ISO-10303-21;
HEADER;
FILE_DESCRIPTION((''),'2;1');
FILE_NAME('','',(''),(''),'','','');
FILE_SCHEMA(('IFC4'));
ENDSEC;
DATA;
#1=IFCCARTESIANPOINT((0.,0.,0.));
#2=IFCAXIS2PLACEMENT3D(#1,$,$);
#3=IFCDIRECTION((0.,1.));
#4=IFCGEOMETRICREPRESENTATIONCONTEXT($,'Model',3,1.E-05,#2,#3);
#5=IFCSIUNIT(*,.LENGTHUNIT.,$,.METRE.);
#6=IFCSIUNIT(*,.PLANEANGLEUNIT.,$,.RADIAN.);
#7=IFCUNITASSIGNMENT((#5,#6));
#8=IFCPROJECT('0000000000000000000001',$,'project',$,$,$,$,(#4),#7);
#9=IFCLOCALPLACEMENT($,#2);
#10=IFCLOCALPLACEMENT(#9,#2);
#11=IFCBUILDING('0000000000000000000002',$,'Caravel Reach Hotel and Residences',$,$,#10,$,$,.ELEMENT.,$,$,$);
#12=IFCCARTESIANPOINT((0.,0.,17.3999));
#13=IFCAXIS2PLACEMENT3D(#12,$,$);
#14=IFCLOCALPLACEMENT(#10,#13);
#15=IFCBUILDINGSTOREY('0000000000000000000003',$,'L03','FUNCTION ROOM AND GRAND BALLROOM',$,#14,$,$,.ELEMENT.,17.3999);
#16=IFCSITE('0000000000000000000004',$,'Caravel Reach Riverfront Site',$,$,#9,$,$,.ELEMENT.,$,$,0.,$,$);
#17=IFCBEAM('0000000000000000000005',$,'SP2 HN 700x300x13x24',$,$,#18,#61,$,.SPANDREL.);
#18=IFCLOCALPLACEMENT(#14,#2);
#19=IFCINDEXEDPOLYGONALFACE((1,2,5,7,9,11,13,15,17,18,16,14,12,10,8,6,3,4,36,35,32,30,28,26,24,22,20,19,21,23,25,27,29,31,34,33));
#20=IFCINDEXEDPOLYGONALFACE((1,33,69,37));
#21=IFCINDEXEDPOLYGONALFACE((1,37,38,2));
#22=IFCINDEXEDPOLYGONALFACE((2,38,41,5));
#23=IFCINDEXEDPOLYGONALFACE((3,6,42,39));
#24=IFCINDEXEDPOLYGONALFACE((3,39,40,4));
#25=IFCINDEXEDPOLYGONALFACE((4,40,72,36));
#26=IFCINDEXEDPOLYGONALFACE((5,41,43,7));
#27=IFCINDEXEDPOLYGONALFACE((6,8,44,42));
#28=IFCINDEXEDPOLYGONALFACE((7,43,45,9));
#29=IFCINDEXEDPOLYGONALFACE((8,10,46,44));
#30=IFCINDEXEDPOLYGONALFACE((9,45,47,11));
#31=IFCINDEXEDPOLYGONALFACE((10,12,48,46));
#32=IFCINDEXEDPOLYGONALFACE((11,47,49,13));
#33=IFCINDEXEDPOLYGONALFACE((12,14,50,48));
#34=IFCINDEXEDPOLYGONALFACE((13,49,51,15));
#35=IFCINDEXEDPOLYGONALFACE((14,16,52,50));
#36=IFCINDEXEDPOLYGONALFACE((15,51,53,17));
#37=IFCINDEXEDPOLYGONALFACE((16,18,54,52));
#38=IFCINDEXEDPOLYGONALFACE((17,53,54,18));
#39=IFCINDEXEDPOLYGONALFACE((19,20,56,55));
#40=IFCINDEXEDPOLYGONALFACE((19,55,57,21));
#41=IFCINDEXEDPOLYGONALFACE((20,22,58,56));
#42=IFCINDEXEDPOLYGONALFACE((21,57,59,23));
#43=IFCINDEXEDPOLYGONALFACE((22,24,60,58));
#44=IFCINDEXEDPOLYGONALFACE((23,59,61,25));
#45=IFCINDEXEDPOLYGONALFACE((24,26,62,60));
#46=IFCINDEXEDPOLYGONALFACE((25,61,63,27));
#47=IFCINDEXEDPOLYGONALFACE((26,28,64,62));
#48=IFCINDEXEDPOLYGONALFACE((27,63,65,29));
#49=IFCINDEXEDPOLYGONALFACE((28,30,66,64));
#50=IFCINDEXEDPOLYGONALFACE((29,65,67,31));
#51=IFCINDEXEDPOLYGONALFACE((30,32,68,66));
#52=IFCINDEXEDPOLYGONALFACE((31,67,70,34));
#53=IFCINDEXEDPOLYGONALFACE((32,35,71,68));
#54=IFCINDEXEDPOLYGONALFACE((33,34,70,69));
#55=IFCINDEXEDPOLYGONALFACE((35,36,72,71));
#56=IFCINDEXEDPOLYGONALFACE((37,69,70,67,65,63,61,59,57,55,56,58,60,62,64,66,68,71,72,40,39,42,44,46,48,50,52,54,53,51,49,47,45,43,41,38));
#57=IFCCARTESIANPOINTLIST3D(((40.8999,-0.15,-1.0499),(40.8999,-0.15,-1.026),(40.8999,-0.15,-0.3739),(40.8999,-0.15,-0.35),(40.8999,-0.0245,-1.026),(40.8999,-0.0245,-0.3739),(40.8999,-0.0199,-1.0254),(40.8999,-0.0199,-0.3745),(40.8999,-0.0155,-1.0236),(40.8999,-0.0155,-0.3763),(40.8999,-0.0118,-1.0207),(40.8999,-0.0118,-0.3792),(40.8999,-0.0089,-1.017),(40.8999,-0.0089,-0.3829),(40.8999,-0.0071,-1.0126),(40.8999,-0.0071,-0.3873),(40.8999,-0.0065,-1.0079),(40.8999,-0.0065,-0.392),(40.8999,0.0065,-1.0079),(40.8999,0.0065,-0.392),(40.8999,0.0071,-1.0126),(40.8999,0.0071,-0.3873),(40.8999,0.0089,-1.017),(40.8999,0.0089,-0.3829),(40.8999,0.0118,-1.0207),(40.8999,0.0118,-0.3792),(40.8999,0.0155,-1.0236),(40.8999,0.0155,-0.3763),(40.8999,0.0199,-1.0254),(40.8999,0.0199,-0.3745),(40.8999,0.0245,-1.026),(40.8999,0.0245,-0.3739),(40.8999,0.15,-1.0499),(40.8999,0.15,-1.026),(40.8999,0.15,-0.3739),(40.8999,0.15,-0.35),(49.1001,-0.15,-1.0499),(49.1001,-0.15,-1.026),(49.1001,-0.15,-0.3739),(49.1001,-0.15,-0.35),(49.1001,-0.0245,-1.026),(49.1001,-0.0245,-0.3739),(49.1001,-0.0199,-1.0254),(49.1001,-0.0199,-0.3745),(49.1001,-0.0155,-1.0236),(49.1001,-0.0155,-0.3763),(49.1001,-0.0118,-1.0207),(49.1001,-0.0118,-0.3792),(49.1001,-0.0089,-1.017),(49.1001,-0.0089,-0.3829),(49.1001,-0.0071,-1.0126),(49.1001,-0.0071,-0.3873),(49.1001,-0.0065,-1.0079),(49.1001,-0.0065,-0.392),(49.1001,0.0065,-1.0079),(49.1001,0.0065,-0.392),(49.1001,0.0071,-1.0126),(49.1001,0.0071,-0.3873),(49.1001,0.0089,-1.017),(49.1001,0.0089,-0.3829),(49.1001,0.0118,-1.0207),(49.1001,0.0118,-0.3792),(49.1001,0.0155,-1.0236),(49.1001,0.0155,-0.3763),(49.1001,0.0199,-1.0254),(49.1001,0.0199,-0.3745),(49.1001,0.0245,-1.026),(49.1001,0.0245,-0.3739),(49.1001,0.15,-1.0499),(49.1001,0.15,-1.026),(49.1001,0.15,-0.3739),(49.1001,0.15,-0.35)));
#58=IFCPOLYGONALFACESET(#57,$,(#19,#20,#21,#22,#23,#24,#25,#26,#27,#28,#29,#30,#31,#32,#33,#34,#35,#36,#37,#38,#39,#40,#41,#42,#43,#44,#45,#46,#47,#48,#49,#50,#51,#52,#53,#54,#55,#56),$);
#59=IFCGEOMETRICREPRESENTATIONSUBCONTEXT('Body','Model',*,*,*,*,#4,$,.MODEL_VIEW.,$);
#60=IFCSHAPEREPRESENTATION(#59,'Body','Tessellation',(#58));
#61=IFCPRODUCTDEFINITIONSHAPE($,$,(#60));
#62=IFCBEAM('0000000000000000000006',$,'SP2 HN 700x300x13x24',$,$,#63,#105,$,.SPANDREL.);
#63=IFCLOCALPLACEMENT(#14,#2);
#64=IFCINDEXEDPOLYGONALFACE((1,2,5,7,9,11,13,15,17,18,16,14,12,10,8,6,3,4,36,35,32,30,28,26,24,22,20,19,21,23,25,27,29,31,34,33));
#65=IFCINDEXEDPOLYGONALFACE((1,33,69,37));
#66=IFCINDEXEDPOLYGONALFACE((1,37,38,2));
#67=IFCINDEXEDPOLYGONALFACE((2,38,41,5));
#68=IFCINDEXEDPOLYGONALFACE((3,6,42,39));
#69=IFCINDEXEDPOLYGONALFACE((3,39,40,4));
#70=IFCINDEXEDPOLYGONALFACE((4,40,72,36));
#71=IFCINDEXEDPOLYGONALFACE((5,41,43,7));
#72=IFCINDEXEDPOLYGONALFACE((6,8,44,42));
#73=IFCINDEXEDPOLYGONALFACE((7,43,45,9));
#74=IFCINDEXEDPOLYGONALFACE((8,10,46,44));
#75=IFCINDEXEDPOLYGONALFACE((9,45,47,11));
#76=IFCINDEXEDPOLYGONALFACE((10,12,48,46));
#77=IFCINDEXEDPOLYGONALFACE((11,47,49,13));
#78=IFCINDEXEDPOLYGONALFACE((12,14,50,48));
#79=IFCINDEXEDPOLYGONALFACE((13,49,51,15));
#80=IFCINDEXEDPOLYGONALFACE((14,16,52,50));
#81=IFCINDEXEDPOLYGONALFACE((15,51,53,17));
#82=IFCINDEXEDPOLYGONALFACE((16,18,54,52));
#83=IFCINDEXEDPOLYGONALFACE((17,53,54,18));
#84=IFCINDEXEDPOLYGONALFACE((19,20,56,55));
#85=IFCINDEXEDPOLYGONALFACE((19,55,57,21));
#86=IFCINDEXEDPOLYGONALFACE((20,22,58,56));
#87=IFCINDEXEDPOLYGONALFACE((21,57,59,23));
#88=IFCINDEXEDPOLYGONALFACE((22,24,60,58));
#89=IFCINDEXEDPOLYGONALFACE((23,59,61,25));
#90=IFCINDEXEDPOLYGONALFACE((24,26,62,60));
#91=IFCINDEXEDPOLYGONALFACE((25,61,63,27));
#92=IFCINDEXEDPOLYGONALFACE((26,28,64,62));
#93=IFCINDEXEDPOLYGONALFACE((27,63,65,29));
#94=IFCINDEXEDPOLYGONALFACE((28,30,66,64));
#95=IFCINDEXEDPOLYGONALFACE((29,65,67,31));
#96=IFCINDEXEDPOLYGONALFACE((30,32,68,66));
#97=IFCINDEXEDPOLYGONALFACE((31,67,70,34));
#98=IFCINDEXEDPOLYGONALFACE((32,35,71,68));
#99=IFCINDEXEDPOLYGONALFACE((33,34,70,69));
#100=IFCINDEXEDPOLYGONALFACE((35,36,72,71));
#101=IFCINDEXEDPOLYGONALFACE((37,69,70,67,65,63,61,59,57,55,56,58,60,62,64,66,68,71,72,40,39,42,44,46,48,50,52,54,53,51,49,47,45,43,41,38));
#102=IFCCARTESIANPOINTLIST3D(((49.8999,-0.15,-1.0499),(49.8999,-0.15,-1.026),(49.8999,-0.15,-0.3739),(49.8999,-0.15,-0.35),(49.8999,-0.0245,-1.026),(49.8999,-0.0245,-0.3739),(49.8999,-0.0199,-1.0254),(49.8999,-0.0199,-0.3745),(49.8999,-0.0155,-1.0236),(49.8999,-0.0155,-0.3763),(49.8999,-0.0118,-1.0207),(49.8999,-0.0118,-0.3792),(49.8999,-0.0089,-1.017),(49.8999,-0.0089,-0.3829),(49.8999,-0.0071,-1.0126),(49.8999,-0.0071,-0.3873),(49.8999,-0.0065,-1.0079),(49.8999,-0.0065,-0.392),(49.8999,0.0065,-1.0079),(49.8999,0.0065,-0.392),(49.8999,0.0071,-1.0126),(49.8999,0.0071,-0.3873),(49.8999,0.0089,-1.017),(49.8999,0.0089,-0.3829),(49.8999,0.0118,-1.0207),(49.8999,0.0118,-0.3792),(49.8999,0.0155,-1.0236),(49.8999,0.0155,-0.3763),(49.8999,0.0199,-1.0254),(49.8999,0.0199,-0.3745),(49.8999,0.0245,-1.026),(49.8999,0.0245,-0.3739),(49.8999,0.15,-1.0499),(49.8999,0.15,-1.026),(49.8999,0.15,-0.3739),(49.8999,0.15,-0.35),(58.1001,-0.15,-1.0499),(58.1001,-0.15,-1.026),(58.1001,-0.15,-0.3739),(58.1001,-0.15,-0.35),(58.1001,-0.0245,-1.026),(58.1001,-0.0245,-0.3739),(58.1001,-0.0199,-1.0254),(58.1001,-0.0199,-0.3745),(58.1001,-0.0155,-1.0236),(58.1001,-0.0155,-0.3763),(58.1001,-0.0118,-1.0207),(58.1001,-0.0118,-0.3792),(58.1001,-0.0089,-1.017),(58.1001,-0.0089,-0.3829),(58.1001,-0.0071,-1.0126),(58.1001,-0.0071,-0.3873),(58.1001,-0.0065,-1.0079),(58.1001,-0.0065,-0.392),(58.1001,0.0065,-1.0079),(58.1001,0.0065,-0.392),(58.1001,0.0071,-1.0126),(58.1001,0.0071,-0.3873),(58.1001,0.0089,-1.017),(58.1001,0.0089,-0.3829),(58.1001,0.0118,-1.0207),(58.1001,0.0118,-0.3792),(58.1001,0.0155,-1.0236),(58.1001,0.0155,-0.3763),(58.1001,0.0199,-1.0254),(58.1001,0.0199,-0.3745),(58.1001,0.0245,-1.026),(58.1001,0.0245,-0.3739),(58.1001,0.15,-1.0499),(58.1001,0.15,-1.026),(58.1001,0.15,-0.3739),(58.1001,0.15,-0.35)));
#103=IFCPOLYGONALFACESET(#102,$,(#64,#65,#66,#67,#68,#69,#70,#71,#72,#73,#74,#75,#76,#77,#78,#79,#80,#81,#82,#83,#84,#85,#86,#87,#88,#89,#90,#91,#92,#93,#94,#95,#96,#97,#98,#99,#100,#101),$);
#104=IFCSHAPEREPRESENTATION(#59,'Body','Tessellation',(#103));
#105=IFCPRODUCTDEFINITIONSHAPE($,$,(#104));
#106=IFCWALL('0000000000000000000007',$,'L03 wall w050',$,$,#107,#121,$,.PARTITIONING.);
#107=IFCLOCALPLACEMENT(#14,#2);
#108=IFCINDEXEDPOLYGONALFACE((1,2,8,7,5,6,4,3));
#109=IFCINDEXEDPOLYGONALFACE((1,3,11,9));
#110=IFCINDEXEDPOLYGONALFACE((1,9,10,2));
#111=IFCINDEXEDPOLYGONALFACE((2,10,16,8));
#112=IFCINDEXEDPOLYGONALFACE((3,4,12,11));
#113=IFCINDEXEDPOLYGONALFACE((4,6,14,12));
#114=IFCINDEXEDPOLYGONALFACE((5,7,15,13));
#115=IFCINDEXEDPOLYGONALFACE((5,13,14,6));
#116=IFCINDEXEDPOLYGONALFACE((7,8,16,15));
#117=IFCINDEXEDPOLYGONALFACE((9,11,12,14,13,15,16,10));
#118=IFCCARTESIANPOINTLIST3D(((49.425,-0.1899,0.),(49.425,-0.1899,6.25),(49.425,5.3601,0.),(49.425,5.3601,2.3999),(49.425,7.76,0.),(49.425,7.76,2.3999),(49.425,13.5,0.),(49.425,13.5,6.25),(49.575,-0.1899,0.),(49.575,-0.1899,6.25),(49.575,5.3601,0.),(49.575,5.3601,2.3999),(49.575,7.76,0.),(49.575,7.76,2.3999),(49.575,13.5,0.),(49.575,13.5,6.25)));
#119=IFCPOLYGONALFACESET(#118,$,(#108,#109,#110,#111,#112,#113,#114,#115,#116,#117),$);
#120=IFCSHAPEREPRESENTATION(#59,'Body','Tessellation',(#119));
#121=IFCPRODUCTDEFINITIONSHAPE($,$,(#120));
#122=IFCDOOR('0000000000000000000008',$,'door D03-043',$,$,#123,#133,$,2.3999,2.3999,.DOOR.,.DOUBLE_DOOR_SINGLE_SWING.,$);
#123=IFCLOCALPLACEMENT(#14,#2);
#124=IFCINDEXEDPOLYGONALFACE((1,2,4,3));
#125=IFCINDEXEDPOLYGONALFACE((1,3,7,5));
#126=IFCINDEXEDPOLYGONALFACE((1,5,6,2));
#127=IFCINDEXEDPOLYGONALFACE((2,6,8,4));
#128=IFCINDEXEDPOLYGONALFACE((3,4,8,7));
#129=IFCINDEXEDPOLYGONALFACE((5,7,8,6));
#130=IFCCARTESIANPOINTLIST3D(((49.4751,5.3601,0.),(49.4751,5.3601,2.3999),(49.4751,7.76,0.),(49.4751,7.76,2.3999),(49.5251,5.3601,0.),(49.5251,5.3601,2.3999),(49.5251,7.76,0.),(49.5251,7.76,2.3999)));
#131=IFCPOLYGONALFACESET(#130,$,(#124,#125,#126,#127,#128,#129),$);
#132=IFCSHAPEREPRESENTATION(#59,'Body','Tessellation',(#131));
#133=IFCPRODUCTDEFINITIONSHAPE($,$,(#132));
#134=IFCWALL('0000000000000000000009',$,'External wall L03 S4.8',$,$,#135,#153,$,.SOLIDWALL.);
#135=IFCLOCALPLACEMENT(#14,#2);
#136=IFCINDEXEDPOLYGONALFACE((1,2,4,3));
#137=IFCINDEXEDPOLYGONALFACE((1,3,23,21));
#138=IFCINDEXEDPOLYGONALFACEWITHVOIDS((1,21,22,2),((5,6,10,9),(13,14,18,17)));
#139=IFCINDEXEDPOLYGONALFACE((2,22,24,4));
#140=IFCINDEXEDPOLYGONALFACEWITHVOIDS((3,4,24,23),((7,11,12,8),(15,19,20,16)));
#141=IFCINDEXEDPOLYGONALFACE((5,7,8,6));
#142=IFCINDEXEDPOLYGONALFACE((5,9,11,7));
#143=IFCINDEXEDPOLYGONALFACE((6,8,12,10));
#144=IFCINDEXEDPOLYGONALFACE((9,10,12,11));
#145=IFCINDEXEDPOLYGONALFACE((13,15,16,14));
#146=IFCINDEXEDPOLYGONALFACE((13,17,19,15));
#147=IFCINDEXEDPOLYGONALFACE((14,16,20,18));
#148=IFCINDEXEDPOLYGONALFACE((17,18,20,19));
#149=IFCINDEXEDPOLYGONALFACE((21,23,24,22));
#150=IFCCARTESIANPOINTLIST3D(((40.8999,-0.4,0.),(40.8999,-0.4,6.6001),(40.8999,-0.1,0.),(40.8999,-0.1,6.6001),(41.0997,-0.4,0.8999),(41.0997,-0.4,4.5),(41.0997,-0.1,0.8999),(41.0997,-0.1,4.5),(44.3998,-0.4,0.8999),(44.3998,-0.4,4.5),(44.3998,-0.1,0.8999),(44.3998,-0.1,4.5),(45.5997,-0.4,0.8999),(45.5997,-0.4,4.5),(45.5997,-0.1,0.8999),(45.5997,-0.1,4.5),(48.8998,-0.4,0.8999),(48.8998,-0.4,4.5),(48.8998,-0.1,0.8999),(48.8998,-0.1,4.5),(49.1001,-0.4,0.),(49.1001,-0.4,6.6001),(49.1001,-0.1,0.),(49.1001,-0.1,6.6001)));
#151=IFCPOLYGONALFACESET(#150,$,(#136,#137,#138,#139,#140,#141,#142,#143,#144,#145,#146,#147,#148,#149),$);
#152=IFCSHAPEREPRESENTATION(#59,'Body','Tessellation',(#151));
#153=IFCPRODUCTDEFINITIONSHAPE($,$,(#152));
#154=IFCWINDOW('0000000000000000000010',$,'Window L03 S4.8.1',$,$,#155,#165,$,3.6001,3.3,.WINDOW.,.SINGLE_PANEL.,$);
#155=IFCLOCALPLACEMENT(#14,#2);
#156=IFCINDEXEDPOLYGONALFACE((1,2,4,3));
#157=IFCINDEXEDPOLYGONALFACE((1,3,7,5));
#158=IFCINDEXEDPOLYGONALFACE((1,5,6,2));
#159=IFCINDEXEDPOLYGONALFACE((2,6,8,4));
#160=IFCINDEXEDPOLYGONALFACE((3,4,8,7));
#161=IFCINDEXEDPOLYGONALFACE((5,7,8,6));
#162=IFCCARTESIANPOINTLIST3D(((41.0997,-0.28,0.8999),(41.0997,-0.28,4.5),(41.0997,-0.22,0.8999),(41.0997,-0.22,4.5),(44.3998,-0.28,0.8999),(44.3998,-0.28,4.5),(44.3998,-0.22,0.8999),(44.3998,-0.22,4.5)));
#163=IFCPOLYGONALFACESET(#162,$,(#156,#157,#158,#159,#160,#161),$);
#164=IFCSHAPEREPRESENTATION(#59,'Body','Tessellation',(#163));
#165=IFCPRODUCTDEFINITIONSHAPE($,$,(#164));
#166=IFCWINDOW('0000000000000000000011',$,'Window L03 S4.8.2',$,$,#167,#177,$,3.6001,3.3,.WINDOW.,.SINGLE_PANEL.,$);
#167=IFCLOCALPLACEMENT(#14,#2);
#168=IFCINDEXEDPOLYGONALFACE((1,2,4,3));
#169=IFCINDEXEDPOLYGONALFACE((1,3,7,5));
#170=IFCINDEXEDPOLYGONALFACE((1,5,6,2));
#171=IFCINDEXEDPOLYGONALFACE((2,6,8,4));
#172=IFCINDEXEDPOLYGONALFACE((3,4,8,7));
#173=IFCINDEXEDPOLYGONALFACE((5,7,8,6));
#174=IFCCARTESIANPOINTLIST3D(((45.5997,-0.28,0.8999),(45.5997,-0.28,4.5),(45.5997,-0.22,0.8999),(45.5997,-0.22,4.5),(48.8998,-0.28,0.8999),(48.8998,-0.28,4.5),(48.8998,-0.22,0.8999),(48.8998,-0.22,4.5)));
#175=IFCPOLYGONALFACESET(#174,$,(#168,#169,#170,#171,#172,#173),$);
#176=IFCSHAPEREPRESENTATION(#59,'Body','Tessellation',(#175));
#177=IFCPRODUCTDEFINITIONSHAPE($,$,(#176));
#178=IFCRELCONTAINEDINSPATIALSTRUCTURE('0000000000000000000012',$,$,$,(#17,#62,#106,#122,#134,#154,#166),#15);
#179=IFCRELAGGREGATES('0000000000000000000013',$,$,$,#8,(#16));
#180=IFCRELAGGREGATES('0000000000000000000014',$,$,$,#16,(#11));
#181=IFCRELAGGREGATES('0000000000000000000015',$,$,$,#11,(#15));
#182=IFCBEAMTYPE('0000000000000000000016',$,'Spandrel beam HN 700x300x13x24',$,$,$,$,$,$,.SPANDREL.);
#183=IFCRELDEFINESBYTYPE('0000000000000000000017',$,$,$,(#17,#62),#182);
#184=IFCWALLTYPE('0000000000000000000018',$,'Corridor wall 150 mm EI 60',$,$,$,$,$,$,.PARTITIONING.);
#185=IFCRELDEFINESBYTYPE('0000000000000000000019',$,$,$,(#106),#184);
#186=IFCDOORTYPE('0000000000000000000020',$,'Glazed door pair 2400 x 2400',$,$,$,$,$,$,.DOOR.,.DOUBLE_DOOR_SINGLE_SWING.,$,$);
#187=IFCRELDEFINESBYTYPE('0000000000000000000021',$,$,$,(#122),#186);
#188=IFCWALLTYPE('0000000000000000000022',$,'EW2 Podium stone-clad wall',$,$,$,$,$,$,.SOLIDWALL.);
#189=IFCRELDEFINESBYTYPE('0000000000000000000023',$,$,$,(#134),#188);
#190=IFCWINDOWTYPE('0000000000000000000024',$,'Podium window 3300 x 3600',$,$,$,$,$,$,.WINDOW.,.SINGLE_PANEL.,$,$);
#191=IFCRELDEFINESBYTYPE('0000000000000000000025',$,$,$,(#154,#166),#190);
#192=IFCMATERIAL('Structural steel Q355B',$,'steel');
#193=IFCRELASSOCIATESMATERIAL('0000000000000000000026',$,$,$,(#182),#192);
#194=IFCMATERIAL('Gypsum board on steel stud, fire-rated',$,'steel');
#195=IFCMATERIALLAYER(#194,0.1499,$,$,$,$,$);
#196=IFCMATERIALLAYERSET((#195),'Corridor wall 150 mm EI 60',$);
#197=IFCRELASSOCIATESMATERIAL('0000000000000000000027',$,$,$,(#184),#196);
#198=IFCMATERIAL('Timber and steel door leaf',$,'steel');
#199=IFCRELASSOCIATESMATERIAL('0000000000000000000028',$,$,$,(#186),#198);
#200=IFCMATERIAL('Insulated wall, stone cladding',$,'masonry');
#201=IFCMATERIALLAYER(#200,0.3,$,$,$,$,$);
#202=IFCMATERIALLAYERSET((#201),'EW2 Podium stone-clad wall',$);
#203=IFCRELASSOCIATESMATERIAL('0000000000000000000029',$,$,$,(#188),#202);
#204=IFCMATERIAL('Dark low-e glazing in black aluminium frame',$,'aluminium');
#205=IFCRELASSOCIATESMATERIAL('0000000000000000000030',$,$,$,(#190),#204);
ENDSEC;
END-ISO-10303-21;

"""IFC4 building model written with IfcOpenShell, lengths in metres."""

from ifc_helpers import new_model, si_unit, direction, frame, frame_2d, origin, origin_2d, place, context, subcontext, project, spatial, rectangle, i_section, extrude, material, layer, layer_set, material_profile, profile_set, type_object, element, fill, save


model = new_model("IFC4")

# Units and contexts
model_context = context("Model", 3, precision=1e-05, world=origin(), true_north=direction((0.0, 1.0)))
body_context = subcontext(model_context, "Body", "Model", "MODEL_VIEW")
ifc_project = project(units=[si_unit("LENGTHUNIT", "METRE"), si_unit("PLANEANGLEUNIT", "RADIAN")], contexts=[model_context])

# Site, building, storey
site_placement = place(None, origin())
site = spatial("IfcSite", under=ifc_project, at=site_placement, Name="Caravel Reach Riverfront Site", CompositionType="ELEMENT", RefElevation=0.0)
building_placement = place(site_placement, origin())
building = spatial("IfcBuilding", under=site, at=building_placement, Name="Caravel Reach Hotel and Residences", CompositionType="ELEMENT")
storey_placement = place(building_placement, frame((0.0, 0.0, 17.3999)))
storey = spatial("IfcBuildingStorey", under=building, at=storey_placement, Name="L03", Description="FUNCTION ROOM AND GRAND BALLROOM", CompositionType="ELEMENT", Elevation=17.3999)

# Beams
ifc_material_1 = material(Name="Structural steel Q355B", Category="steel")
ifc_material_profile_1 = material_profile(ifc_material_1, i_section(OverallWidth=0.3, OverallDepth=0.7, WebThickness=0.0129, FlangeThickness=0.0239, FilletRadius=0.0181, at=origin_2d()), Name="HN 700x300x13x24")
ifc_profile_set_1 = profile_set([ifc_material_profile_1], Name="Structural steel Q355B")
beam_type = type_object("IfcBeamType", Name="Spandrel beam HN 700x300x13x24", PredefinedType="SPANDREL", material=ifc_profile_set_1)
for number, where, z_axis, x_axis, name in (
    (1, (40.8999, 0.0, -0.7), (1.0, 0.0, 0.0), (0.0, 1.0, 0.0), "SP2 HN 700x300x13x24"),
    (2, (49.8999, 0.0, -0.7), (1.0, 0.0, 0.0), (0.0, 1.0, 0.0), "SP2 HN 700x300x13x24"),
):
    element("IfcBeam", number, at=place(storey_placement, frame(where, z_axis=z_axis, x_axis=x_axis)), inside=storey, type_object=beam_type, Name=name, PredefinedType="SPANDREL", context=body_context, shape_type="SweptSolid", body=[
        extrude(i_section(OverallWidth=0.3, OverallDepth=0.7, WebThickness=0.0129, FlangeThickness=0.0239, FilletRadius=0.0181, at=origin_2d()), origin(), (0.0, 0.0, 1.0), 8.2002),
    ])

# Wall, opening, door
ifc_material_2 = material(Name="Gypsum board on steel stud, fire-rated", Category="steel")
ifc_layer_1 = layer(ifc_material_2, 0.1499)
ifc_layer_set_1 = layer_set([ifc_layer_1], Name="Corridor wall 150 mm EI 60")
wall_type_1 = type_object("IfcWallType", Name="Corridor wall 150 mm EI 60", PredefinedType="PARTITIONING", material=ifc_layer_set_1)
wall_1_placement = place(storey_placement, frame((49.5, -0.1899, 0.0), z_axis=(0.0, 0.0, 1.0), x_axis=(0.0, 1.0, 0.0)))
wall_1 = element("IfcWall", 3, at=wall_1_placement, inside=storey, type_object=wall_type_1, Name="L03 wall w050", PredefinedType="PARTITIONING", context=body_context, shape_type="SweptSolid", body=[
    extrude(rectangle(XDim=13.6899, YDim=0.1499, at=frame_2d((6.845, 0.0))), origin(), (0.0, 0.0, 1.0), 6.25),
])
opening_1_placement = place(wall_1_placement, frame((5.55, 0.0, 0.0)))
opening_1 = element("IfcOpeningElement", 4, at=opening_1_placement, cuts=wall_1, PredefinedType="OPENING", context=body_context, shape_type="SweptSolid", body=[
    extrude(rectangle(XDim=2.3999, YDim=2.3999, at=frame_2d((1.2, 1.2))), frame((0.0, 0.085, 0.0), z_axis=(0.0, -1.0, 0.0), x_axis=(1.0, 0.0, 0.0)), (0.0, 0.0, 1.0), 0.1699),
])
ifc_material_3 = material(Name="Timber and steel door leaf", Category="steel")
door_type = type_object("IfcDoorType", Name="Glazed door pair 2400 x 2400", OperationType="DOUBLE_DOOR_SINGLE_SWING", PredefinedType="DOOR", material=ifc_material_3)
door_placement = place(opening_1_placement, origin())
door = element("IfcDoor", 5, at=door_placement, inside=storey, type_object=door_type, Name="door D03-043", OperationType="DOUBLE_DOOR_SINGLE_SWING", OverallHeight=2.3999, OverallWidth=2.3999, PredefinedType="DOOR", context=body_context, shape_type="SweptSolid", body=[
    extrude(rectangle(XDim=2.3999, YDim=2.3999, at=frame_2d((1.2, 1.2))), frame((0.0, 0.0249, 0.0), z_axis=(0.0, -1.0, 0.0), x_axis=(1.0, 0.0, 0.0)), (0.0, 0.0, 1.0), 0.05),
])
fill(opening_1, door)

# Wall, openings, windows
ifc_material_4 = material(Name="Insulated wall, stone cladding", Category="masonry")
ifc_layer_2 = layer(ifc_material_4, 0.3)
ifc_layer_set_2 = layer_set([ifc_layer_2], Name="EW2 Podium stone-clad wall")
wall_type_2 = type_object("IfcWallType", Name="EW2 Podium stone-clad wall", PredefinedType="SOLIDWALL", material=ifc_layer_set_2)
wall_2_placement = place(storey_placement, frame((40.8999, -0.25, 0.0), z_axis=(0.0, 0.0, 1.0), x_axis=(1.0, 0.0, 0.0)))
wall_2 = element("IfcWall", 6, at=wall_2_placement, inside=storey, type_object=wall_type_2, Name="External wall L03 S4.8", PredefinedType="SOLIDWALL", context=body_context, shape_type="SweptSolid", body=[
    extrude(rectangle(XDim=8.2002, YDim=0.3, at=frame_2d((4.1001, 0.0))), origin(), (0.0, 0.0, 1.0), 6.6001),
])
opening_2_placement = place(wall_2_placement, frame((0.2, 0.0, 0.8999)))
opening_2 = element("IfcOpeningElement", 7, at=opening_2_placement, cuts=wall_2, PredefinedType="OPENING", context=body_context, shape_type="SweptSolid", body=[
    extrude(rectangle(XDim=3.3, YDim=3.6001, at=frame_2d((1.6499, 1.8))), frame((0.0, 0.1599, 0.0), z_axis=(0.0, -1.0, 0.0), x_axis=(1.0, 0.0, 0.0)), (0.0, 0.0, 1.0), 0.3201),
])
opening_3_placement = place(wall_2_placement, frame((4.7, 0.0, 0.8999)))
opening_3 = element("IfcOpeningElement", 8, at=opening_3_placement, cuts=wall_2, PredefinedType="OPENING", context=body_context, shape_type="SweptSolid", body=[
    extrude(rectangle(XDim=3.3, YDim=3.6001, at=frame_2d((1.6499, 1.8))), frame((0.0, 0.1599, 0.0), z_axis=(0.0, -1.0, 0.0), x_axis=(1.0, 0.0, 0.0)), (0.0, 0.0, 1.0), 0.3201),
])
ifc_material_5 = material(Name="Dark low-e glazing in black aluminium frame", Category="aluminium")
window_type = type_object("IfcWindowType", Name="Podium window 3300 x 3600", PartitioningType="SINGLE_PANEL", PredefinedType="WINDOW", material=ifc_material_5)
window_1_placement = place(opening_2_placement, origin())
window_1 = element("IfcWindow", 9, at=window_1_placement, inside=storey, type_object=window_type, Name="Window L03 S4.8.1", OverallHeight=3.6001, OverallWidth=3.3, PartitioningType="SINGLE_PANEL", PredefinedType="WINDOW", context=body_context, shape_type="SweptSolid", body=[
    extrude(rectangle(XDim=3.3, YDim=3.6001, at=frame_2d((1.6499, 1.8))), frame((0.0, 0.03, 0.0), z_axis=(0.0, -1.0, 0.0), x_axis=(1.0, 0.0, 0.0)), (0.0, 0.0, 1.0), 0.0601),
])
fill(opening_2, window_1)
window_2_placement = place(opening_3_placement, origin())
window_2 = element("IfcWindow", 10, at=window_2_placement, inside=storey, type_object=window_type, Name="Window L03 S4.8.2", OverallHeight=3.6001, OverallWidth=3.3, PartitioningType="SINGLE_PANEL", PredefinedType="WINDOW", context=body_context, shape_type="SweptSolid", body=[
    extrude(rectangle(XDim=3.3, YDim=3.6001, at=frame_2d((1.6499, 1.8))), frame((0.0, 0.03, 0.0), z_axis=(0.0, -1.0, 0.0), x_axis=(1.0, 0.0, 0.0)), (0.0, 0.0, 1.0), 0.0601),
])
fill(opening_3, window_2)

save(model, "model.ifc")
